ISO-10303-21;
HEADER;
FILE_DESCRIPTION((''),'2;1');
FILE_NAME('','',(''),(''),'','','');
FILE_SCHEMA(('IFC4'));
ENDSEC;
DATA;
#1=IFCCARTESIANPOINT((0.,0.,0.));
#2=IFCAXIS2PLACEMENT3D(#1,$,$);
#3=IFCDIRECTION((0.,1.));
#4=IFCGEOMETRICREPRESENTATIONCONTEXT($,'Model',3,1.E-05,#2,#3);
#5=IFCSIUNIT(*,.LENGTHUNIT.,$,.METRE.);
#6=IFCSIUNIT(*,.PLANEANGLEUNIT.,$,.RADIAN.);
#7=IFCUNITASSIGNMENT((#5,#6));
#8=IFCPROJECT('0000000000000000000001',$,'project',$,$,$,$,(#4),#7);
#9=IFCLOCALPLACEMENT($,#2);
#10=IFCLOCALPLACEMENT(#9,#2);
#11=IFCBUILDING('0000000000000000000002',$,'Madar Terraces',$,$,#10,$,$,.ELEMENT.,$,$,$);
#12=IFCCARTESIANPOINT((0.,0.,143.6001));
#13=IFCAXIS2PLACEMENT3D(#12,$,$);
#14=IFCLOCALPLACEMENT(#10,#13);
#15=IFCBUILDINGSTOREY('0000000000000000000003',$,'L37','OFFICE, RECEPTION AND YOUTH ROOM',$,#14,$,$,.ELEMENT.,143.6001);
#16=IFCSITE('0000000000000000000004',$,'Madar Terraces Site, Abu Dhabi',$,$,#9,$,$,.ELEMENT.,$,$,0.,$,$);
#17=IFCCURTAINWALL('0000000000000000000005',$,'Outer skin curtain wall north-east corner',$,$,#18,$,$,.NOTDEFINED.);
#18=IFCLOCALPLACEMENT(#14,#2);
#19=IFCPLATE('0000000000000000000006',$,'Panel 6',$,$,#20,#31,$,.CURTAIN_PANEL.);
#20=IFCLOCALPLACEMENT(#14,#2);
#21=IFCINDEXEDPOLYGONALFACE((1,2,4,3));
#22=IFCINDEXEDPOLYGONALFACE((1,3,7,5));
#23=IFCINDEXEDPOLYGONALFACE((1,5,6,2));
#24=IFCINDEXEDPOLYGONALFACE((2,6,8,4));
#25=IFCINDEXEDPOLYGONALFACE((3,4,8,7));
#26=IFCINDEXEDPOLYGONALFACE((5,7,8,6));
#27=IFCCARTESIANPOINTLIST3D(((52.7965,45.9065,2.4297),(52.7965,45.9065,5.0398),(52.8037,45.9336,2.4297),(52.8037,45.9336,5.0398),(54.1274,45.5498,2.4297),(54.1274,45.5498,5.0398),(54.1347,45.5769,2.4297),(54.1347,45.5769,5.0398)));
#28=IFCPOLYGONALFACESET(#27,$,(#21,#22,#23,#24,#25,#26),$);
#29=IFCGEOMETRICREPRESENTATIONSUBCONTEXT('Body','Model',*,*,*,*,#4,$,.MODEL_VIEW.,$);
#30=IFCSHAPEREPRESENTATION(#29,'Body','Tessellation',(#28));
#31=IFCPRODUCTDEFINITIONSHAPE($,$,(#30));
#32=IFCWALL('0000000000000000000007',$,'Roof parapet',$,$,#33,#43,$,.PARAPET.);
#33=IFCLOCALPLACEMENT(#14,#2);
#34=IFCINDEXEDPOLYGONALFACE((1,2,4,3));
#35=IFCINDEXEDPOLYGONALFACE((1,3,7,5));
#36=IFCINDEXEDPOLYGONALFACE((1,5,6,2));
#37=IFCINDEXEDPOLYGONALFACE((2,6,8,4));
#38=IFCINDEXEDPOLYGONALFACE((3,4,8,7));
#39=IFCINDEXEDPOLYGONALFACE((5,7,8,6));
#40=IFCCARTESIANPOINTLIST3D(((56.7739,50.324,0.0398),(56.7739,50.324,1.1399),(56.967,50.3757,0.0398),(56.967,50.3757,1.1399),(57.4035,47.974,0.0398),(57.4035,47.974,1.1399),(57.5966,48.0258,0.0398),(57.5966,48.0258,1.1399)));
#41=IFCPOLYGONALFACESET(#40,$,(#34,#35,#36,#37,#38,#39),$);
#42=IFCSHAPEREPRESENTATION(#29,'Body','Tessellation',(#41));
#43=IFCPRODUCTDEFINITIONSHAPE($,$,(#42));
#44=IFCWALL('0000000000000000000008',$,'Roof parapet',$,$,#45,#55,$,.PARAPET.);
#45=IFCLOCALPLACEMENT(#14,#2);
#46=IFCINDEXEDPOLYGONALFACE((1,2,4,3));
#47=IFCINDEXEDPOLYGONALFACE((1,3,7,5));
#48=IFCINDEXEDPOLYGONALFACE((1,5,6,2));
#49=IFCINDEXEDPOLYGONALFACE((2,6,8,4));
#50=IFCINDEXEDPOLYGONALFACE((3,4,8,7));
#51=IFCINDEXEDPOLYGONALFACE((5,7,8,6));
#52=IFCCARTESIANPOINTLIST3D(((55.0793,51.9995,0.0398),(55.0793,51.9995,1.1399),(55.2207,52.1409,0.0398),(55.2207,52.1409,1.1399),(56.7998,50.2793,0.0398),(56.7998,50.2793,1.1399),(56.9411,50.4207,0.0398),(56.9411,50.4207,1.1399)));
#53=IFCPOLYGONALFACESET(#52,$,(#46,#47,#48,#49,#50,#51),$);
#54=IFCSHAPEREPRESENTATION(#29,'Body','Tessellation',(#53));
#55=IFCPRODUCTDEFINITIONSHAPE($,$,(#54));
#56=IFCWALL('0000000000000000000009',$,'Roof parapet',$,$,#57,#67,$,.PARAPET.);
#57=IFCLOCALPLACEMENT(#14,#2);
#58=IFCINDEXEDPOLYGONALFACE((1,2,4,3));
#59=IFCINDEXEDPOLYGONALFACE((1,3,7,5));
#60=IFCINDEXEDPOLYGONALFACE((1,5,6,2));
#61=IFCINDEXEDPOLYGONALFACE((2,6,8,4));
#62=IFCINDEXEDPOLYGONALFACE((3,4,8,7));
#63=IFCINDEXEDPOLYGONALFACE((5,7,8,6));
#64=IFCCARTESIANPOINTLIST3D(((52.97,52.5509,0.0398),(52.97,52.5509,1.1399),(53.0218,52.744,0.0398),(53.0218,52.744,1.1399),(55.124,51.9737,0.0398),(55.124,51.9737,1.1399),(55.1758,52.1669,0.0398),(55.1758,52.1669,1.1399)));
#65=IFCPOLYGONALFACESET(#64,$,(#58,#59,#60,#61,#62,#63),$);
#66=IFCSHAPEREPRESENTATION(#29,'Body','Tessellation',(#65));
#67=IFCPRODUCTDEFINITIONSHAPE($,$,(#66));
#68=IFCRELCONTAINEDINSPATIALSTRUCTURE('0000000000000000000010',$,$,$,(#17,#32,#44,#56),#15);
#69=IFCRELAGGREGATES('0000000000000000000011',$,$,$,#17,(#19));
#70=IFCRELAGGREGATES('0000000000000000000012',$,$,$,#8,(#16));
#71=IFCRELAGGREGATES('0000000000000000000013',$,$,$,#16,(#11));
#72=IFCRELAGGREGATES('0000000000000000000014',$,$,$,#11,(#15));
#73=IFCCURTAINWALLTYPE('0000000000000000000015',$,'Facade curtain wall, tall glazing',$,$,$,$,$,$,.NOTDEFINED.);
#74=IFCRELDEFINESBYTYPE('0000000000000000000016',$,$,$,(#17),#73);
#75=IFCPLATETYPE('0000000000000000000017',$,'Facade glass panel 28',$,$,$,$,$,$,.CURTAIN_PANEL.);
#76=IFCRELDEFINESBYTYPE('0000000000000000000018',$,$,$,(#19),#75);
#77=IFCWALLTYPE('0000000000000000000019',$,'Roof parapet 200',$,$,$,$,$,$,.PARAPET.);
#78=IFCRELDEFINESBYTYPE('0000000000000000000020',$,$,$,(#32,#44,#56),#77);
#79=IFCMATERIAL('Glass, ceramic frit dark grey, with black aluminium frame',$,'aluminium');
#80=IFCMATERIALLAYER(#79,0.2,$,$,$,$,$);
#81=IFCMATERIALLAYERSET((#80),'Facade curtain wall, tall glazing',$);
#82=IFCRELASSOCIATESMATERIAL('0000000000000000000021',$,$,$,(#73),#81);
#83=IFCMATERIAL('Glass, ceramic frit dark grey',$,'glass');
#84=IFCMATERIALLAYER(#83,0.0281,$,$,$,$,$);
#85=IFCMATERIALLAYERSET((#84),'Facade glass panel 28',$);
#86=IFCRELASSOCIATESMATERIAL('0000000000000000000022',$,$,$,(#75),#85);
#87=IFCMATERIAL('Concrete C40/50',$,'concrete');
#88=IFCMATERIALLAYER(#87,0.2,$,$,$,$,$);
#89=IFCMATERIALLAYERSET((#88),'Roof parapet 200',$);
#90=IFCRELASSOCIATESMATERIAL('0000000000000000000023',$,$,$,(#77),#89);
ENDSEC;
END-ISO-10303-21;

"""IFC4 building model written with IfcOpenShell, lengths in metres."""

from ifc_helpers import new_model, si_unit, direction, frame, frame_2d, origin, origin_2d, place, context, subcontext, project, spatial, rectangle, extrude, material, layer, layer_set, type_object, element, aggregate, save


model = new_model("IFC4")

# Units and contexts
model_context = context("Model", 3, precision=1e-05, world=origin(), true_north=direction((0.0, 1.0)))
body_context = subcontext(model_context, "Body", "Model", "MODEL_VIEW")
ifc_project = project(units=[si_unit("LENGTHUNIT", "METRE"), si_unit("PLANEANGLEUNIT", "RADIAN")], contexts=[model_context])

# Site, building, storey
site_placement = place(None, origin())
site = spatial("IfcSite", under=ifc_project, at=site_placement, Name="Madar Terraces Site, Abu Dhabi", CompositionType="ELEMENT", RefElevation=0.0)
building_placement = place(site_placement, origin())
building = spatial("IfcBuilding", under=site, at=building_placement, Name="Madar Terraces", CompositionType="ELEMENT")
storey_placement = place(building_placement, frame((0.0, 0.0, 143.6001)))
storey = spatial("IfcBuildingStorey", under=building, at=storey_placement, Name="L37", Description="OFFICE, RECEPTION AND YOUTH ROOM", CompositionType="ELEMENT", Elevation=143.6001)

# Curtain wall
ifc_material_1 = material(Name="Glass, ceramic frit dark grey, with black aluminium frame", Category="aluminium")
ifc_layer_1 = layer(ifc_material_1, 0.2)
ifc_layer_set_1 = layer_set([ifc_layer_1], Name="Facade curtain wall, tall glazing")
curtain_wall_type = type_object("IfcCurtainWallType", Name="Facade curtain wall, tall glazing", PredefinedType="NOTDEFINED", material=ifc_layer_set_1)
curtain_wall_placement = place(storey_placement, origin())
curtain_wall = element("IfcCurtainWall", 1, at=curtain_wall_placement, inside=storey, type_object=curtain_wall_type, Name="Outer skin curtain wall north-east corner", PredefinedType="NOTDEFINED")

# Plate
ifc_material_2 = material(Name="Glass, ceramic frit dark grey", Category="glass")
ifc_layer_2 = layer(ifc_material_2, 0.0281)
ifc_layer_set_2 = layer_set([ifc_layer_2], Name="Facade glass panel 28")
plate_type = type_object("IfcPlateType", Name="Facade glass panel 28", PredefinedType="CURTAIN_PANEL", material=ifc_layer_set_2)
plate_1_placement = place(storey_placement, frame((53.4656, 45.7417, 2.4297), z_axis=(0.0, 0.0, 1.0), x_axis=(-0.965926, 0.258819, 0.0)))
plate_1 = element("IfcPlate", 2, at=plate_1_placement, type_object=plate_type, Name="Panel 6", PredefinedType="CURTAIN_PANEL", context=body_context, shape_type="SweptSolid", body=[
    extrude(rectangle(XDim=1.3779, YDim=0.0281, at=origin_2d()), origin(), (0.0, 0.0, 1.0), 2.6101),
])
aggregate(curtain_wall, [plate_1])

# Walls
ifc_material_3 = material(Name="Concrete C40/50", Category="concrete")
ifc_layer_3 = layer(ifc_material_3, 0.2)
ifc_layer_set_3 = layer_set([ifc_layer_3], Name="Roof parapet 200")
wall_type = type_object("IfcWallType", Name="Roof parapet 200", PredefinedType="PARAPET", material=ifc_layer_set_3)
for number, where, z_axis, x_axis, name in (
    (3, (57.5, 48.0, 0.0398), (0.0, 0.0, 1.0), (-0.258793, 0.965933, 0.0), "Roof parapet"),
    (4, (56.8704, 50.3501, 0.0398), (0.0, 0.0, 1.0), (-0.707157, 0.707057, 0.0), "Roof parapet"),
):
    element("IfcWall", number, at=place(storey_placement, frame(where, z_axis=z_axis, x_axis=x_axis)), inside=storey, type_object=wall_type, Name=name, PredefinedType="PARAPET", context=body_context, shape_type="SweptSolid", body=[
        extrude(rectangle(XDim=2.4329, YDim=0.2, at=frame_2d((1.2163, 0.0))), origin(), (0.0, 0.0, 1.0), 1.1001),
    ])
wall_placement = place(storey_placement, frame((55.1499, 52.0703, 0.0398), z_axis=(0.0, 0.0, 1.0), x_axis=(-0.965929, 0.258807, 0.0)))
element("IfcWall", 5, at=wall_placement, inside=storey, type_object=wall_type, Name="Roof parapet", PredefinedType="PARAPET", context=body_context, shape_type="SweptSolid", body=[
    extrude(rectangle(XDim=2.23, YDim=0.2, at=frame_2d((1.115, 0.0))), origin(), (0.0, 0.0, 1.0), 1.1001),
])

save(model, "model.ifc")
